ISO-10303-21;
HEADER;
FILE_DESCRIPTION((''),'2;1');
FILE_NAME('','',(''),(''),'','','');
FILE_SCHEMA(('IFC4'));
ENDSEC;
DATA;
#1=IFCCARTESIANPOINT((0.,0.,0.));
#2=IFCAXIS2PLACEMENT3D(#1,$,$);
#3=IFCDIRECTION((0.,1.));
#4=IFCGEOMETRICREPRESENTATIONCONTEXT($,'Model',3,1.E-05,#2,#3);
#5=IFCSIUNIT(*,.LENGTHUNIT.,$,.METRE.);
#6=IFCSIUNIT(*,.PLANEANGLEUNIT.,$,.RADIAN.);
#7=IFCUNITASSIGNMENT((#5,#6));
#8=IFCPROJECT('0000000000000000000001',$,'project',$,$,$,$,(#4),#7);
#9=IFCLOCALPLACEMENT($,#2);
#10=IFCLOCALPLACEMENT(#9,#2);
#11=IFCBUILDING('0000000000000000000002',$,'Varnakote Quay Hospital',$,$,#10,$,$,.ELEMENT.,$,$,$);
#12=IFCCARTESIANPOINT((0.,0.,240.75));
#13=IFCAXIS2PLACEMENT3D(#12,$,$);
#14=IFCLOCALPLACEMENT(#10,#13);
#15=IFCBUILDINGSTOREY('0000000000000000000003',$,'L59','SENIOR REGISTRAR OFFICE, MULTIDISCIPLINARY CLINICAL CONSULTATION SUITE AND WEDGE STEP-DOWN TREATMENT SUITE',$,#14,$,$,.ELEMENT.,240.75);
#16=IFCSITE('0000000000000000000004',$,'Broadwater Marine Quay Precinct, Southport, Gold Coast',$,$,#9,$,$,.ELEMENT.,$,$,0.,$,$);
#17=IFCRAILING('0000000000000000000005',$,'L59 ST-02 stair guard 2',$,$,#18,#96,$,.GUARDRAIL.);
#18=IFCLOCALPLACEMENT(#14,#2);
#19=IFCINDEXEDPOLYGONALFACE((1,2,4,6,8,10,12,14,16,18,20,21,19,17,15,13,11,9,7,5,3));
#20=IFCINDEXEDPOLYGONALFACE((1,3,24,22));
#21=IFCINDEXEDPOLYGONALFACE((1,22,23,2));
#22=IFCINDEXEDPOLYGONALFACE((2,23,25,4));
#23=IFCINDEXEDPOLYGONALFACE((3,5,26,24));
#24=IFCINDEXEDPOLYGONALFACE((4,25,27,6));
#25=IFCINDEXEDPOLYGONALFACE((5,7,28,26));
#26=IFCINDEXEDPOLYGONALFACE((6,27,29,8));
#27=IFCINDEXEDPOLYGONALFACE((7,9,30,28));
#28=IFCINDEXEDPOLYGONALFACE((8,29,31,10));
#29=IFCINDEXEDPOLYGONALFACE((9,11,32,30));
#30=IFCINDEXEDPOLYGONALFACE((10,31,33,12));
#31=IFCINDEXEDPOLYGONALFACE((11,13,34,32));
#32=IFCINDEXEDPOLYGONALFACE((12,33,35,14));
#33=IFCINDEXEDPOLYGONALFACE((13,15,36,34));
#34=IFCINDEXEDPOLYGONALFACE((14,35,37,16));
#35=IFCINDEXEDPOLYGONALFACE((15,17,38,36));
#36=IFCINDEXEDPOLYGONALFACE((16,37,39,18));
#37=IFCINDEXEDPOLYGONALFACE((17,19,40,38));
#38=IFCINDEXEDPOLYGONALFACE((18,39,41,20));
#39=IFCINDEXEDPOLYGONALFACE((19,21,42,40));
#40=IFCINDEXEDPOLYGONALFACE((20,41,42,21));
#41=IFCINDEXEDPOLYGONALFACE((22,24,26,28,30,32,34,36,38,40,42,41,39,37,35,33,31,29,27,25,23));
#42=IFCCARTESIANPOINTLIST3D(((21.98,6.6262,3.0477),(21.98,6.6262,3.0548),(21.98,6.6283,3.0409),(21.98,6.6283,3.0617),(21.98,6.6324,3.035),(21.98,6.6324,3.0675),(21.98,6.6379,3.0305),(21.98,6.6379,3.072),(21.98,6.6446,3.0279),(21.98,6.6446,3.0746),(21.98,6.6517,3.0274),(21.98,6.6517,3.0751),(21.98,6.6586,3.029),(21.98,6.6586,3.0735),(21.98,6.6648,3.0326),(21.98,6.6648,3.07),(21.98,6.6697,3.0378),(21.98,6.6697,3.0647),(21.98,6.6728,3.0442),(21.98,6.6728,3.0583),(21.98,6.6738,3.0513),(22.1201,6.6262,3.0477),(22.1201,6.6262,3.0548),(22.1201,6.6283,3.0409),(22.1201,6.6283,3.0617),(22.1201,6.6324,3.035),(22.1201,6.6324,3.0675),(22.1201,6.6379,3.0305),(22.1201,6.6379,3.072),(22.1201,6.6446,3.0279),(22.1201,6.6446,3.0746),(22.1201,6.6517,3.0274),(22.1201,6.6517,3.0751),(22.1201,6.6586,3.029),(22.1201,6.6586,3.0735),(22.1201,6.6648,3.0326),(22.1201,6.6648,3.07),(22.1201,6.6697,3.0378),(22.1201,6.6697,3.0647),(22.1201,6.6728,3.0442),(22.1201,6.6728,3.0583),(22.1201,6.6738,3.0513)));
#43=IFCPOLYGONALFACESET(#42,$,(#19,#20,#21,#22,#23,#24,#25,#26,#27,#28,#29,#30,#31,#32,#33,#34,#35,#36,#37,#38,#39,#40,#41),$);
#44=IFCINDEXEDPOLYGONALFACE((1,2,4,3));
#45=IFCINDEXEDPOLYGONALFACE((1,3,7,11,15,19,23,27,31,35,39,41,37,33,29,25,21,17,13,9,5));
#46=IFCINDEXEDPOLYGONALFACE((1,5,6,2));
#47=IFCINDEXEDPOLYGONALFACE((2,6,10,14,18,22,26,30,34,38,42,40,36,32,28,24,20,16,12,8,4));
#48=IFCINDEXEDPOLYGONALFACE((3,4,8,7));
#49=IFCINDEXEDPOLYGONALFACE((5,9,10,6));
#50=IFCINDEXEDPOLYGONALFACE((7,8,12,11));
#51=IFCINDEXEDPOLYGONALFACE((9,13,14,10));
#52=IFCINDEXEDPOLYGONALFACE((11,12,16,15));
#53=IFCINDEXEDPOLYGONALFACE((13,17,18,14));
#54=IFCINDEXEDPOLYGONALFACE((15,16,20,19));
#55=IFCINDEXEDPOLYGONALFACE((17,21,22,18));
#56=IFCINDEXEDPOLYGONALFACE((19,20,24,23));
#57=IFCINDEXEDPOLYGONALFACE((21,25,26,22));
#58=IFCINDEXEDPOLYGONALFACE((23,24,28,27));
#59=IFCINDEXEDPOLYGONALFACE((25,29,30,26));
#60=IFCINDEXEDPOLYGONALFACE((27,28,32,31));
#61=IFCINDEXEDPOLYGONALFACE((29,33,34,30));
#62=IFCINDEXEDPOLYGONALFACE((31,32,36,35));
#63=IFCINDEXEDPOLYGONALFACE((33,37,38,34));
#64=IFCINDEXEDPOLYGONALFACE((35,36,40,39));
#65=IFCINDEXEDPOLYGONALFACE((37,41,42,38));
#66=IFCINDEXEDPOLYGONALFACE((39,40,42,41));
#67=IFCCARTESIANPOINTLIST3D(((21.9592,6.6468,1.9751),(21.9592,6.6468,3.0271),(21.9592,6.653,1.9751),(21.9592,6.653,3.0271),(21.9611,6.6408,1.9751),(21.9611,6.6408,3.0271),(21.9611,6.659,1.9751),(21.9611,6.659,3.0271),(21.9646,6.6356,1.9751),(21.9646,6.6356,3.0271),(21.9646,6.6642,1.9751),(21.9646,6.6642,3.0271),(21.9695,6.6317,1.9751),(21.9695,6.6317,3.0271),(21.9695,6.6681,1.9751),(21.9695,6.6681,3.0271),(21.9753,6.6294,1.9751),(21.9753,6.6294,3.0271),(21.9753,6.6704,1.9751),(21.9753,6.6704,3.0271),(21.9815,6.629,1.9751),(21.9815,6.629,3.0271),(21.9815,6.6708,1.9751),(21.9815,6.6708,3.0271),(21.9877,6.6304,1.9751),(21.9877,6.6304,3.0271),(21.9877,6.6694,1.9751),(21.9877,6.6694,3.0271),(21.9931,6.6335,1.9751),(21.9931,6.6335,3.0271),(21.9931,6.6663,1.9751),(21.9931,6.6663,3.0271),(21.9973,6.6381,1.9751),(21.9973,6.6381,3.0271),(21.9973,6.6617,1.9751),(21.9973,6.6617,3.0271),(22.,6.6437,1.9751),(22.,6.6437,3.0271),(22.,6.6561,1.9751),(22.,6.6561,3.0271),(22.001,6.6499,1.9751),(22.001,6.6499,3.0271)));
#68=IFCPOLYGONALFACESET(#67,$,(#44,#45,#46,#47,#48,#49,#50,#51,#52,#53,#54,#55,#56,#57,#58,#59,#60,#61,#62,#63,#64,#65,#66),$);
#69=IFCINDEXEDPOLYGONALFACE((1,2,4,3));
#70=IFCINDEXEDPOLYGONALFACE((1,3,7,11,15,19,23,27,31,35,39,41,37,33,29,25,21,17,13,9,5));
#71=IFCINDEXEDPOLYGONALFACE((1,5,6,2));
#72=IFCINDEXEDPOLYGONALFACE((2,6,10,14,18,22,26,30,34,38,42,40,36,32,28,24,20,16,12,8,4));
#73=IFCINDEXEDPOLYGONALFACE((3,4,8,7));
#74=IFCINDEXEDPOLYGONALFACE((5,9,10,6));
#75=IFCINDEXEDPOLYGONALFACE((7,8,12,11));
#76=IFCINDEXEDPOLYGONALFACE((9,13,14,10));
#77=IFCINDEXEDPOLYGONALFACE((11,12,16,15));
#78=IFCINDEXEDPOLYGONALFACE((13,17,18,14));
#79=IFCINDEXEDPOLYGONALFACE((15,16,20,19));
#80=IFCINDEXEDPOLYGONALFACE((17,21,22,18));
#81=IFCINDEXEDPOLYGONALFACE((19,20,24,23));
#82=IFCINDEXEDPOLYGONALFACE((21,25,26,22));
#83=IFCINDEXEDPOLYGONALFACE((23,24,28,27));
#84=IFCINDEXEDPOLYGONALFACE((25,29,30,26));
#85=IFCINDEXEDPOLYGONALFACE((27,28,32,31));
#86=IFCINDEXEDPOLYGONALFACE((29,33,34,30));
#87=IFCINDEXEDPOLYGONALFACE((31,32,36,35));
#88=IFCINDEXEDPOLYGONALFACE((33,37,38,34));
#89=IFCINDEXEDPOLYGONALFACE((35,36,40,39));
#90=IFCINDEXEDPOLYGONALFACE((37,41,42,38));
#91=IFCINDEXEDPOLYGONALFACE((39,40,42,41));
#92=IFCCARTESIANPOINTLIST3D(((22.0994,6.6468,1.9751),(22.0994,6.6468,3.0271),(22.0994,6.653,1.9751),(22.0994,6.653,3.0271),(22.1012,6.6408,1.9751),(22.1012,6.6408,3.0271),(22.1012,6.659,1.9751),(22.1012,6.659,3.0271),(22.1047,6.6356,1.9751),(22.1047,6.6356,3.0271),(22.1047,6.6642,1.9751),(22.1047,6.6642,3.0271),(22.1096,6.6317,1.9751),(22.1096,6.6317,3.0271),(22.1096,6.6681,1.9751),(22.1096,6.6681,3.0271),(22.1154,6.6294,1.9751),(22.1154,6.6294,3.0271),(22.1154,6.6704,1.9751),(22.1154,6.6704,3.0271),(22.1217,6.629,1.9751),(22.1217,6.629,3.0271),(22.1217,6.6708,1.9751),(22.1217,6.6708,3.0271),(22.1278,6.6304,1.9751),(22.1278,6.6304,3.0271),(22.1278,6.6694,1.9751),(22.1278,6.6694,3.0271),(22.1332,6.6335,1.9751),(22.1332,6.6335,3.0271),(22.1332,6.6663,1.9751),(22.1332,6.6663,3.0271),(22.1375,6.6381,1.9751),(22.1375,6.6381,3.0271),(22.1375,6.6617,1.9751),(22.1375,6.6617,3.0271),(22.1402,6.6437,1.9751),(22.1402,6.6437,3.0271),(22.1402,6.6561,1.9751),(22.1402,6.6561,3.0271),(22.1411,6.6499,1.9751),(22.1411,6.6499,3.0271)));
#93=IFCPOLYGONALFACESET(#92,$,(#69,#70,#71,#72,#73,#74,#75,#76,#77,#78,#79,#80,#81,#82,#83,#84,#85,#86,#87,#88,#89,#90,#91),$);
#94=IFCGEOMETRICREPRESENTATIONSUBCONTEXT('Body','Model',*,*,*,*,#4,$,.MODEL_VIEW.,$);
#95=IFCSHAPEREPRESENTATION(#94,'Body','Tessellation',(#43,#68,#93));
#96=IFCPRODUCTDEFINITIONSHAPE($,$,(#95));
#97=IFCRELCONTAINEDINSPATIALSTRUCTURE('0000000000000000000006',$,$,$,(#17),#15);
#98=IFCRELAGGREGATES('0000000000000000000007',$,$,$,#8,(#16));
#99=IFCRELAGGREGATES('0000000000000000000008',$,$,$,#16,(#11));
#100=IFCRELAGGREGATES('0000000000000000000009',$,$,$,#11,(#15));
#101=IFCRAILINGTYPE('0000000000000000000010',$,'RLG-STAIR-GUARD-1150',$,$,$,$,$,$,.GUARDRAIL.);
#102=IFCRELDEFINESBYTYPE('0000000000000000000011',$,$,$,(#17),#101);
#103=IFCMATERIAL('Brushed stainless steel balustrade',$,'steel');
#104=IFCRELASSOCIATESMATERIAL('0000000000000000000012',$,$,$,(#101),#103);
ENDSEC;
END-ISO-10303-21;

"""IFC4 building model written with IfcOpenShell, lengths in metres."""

from ifc_helpers import new_model, si_unit, direction, frame, origin, origin_2d, place, context, subcontext, project, spatial, circle, extrude, material, type_object, element, save


model = new_model("IFC4")

# Units and contexts
model_context = context("Model", 3, precision=1e-05, world=origin(), true_north=direction((0.0, 1.0)))
body_context = subcontext(model_context, "Body", "Model", "MODEL_VIEW")
ifc_project = project(units=[si_unit("LENGTHUNIT", "METRE"), si_unit("PLANEANGLEUNIT", "RADIAN")], contexts=[model_context])

# Site, building, storey
site_placement = place(None, origin())
site = spatial("IfcSite", under=ifc_project, at=site_placement, Name="Broadwater Marine Quay Precinct, Southport, Gold Coast", CompositionType="ELEMENT", RefElevation=0.0)
building_placement = place(site_placement, origin())
building = spatial("IfcBuilding", under=site, at=building_placement, Name="Varnakote Quay Hospital", CompositionType="ELEMENT")
storey_placement = place(building_placement, frame((0.0, 0.0, 240.75)))
storey = spatial("IfcBuildingStorey", under=building, at=storey_placement, Name="L59", Description="SENIOR REGISTRAR OFFICE, MULTIDISCIPLINARY CLINICAL CONSULTATION SUITE AND WEDGE STEP-DOWN TREATMENT SUITE", CompositionType="ELEMENT", Elevation=240.75)

# Railing
ifc_material_1 = material(Name="Brushed stainless steel balustrade", Category="steel")
railing_type_1 = type_object("IfcRailingType", Name="RLG-STAIR-GUARD-1150", PredefinedType="GUARDRAIL", material=ifc_material_1)
railing_1_placement = place(storey_placement, frame((21.98, 6.6499, 1.9751)))
element("IfcRailing", 1, at=railing_1_placement, inside=storey, type_object=railing_type_1, Name="L59 ST-02 stair guard 2", PredefinedType="GUARDRAIL", context=body_context, shape_type="SweptSolid", body=[
    extrude(circle(Radius=0.0239, at=origin_2d()), frame((0.0, 0.0, 1.0762), z_axis=(1.0, 0.0, 0.0), x_axis=(0.0, 1.0, 0.0)), (0.0, 0.0, 1.0), 0.1401),
    extrude(circle(Radius=0.021, at=origin_2d()), origin(), (0.0, 0.0, 1.0), 1.052),
    extrude(circle(Radius=0.021, at=origin_2d()), frame((0.1401, 0.0, 0.0)), (0.0, 0.0, 1.0), 1.052),
])

save(model, "model.ifc")
